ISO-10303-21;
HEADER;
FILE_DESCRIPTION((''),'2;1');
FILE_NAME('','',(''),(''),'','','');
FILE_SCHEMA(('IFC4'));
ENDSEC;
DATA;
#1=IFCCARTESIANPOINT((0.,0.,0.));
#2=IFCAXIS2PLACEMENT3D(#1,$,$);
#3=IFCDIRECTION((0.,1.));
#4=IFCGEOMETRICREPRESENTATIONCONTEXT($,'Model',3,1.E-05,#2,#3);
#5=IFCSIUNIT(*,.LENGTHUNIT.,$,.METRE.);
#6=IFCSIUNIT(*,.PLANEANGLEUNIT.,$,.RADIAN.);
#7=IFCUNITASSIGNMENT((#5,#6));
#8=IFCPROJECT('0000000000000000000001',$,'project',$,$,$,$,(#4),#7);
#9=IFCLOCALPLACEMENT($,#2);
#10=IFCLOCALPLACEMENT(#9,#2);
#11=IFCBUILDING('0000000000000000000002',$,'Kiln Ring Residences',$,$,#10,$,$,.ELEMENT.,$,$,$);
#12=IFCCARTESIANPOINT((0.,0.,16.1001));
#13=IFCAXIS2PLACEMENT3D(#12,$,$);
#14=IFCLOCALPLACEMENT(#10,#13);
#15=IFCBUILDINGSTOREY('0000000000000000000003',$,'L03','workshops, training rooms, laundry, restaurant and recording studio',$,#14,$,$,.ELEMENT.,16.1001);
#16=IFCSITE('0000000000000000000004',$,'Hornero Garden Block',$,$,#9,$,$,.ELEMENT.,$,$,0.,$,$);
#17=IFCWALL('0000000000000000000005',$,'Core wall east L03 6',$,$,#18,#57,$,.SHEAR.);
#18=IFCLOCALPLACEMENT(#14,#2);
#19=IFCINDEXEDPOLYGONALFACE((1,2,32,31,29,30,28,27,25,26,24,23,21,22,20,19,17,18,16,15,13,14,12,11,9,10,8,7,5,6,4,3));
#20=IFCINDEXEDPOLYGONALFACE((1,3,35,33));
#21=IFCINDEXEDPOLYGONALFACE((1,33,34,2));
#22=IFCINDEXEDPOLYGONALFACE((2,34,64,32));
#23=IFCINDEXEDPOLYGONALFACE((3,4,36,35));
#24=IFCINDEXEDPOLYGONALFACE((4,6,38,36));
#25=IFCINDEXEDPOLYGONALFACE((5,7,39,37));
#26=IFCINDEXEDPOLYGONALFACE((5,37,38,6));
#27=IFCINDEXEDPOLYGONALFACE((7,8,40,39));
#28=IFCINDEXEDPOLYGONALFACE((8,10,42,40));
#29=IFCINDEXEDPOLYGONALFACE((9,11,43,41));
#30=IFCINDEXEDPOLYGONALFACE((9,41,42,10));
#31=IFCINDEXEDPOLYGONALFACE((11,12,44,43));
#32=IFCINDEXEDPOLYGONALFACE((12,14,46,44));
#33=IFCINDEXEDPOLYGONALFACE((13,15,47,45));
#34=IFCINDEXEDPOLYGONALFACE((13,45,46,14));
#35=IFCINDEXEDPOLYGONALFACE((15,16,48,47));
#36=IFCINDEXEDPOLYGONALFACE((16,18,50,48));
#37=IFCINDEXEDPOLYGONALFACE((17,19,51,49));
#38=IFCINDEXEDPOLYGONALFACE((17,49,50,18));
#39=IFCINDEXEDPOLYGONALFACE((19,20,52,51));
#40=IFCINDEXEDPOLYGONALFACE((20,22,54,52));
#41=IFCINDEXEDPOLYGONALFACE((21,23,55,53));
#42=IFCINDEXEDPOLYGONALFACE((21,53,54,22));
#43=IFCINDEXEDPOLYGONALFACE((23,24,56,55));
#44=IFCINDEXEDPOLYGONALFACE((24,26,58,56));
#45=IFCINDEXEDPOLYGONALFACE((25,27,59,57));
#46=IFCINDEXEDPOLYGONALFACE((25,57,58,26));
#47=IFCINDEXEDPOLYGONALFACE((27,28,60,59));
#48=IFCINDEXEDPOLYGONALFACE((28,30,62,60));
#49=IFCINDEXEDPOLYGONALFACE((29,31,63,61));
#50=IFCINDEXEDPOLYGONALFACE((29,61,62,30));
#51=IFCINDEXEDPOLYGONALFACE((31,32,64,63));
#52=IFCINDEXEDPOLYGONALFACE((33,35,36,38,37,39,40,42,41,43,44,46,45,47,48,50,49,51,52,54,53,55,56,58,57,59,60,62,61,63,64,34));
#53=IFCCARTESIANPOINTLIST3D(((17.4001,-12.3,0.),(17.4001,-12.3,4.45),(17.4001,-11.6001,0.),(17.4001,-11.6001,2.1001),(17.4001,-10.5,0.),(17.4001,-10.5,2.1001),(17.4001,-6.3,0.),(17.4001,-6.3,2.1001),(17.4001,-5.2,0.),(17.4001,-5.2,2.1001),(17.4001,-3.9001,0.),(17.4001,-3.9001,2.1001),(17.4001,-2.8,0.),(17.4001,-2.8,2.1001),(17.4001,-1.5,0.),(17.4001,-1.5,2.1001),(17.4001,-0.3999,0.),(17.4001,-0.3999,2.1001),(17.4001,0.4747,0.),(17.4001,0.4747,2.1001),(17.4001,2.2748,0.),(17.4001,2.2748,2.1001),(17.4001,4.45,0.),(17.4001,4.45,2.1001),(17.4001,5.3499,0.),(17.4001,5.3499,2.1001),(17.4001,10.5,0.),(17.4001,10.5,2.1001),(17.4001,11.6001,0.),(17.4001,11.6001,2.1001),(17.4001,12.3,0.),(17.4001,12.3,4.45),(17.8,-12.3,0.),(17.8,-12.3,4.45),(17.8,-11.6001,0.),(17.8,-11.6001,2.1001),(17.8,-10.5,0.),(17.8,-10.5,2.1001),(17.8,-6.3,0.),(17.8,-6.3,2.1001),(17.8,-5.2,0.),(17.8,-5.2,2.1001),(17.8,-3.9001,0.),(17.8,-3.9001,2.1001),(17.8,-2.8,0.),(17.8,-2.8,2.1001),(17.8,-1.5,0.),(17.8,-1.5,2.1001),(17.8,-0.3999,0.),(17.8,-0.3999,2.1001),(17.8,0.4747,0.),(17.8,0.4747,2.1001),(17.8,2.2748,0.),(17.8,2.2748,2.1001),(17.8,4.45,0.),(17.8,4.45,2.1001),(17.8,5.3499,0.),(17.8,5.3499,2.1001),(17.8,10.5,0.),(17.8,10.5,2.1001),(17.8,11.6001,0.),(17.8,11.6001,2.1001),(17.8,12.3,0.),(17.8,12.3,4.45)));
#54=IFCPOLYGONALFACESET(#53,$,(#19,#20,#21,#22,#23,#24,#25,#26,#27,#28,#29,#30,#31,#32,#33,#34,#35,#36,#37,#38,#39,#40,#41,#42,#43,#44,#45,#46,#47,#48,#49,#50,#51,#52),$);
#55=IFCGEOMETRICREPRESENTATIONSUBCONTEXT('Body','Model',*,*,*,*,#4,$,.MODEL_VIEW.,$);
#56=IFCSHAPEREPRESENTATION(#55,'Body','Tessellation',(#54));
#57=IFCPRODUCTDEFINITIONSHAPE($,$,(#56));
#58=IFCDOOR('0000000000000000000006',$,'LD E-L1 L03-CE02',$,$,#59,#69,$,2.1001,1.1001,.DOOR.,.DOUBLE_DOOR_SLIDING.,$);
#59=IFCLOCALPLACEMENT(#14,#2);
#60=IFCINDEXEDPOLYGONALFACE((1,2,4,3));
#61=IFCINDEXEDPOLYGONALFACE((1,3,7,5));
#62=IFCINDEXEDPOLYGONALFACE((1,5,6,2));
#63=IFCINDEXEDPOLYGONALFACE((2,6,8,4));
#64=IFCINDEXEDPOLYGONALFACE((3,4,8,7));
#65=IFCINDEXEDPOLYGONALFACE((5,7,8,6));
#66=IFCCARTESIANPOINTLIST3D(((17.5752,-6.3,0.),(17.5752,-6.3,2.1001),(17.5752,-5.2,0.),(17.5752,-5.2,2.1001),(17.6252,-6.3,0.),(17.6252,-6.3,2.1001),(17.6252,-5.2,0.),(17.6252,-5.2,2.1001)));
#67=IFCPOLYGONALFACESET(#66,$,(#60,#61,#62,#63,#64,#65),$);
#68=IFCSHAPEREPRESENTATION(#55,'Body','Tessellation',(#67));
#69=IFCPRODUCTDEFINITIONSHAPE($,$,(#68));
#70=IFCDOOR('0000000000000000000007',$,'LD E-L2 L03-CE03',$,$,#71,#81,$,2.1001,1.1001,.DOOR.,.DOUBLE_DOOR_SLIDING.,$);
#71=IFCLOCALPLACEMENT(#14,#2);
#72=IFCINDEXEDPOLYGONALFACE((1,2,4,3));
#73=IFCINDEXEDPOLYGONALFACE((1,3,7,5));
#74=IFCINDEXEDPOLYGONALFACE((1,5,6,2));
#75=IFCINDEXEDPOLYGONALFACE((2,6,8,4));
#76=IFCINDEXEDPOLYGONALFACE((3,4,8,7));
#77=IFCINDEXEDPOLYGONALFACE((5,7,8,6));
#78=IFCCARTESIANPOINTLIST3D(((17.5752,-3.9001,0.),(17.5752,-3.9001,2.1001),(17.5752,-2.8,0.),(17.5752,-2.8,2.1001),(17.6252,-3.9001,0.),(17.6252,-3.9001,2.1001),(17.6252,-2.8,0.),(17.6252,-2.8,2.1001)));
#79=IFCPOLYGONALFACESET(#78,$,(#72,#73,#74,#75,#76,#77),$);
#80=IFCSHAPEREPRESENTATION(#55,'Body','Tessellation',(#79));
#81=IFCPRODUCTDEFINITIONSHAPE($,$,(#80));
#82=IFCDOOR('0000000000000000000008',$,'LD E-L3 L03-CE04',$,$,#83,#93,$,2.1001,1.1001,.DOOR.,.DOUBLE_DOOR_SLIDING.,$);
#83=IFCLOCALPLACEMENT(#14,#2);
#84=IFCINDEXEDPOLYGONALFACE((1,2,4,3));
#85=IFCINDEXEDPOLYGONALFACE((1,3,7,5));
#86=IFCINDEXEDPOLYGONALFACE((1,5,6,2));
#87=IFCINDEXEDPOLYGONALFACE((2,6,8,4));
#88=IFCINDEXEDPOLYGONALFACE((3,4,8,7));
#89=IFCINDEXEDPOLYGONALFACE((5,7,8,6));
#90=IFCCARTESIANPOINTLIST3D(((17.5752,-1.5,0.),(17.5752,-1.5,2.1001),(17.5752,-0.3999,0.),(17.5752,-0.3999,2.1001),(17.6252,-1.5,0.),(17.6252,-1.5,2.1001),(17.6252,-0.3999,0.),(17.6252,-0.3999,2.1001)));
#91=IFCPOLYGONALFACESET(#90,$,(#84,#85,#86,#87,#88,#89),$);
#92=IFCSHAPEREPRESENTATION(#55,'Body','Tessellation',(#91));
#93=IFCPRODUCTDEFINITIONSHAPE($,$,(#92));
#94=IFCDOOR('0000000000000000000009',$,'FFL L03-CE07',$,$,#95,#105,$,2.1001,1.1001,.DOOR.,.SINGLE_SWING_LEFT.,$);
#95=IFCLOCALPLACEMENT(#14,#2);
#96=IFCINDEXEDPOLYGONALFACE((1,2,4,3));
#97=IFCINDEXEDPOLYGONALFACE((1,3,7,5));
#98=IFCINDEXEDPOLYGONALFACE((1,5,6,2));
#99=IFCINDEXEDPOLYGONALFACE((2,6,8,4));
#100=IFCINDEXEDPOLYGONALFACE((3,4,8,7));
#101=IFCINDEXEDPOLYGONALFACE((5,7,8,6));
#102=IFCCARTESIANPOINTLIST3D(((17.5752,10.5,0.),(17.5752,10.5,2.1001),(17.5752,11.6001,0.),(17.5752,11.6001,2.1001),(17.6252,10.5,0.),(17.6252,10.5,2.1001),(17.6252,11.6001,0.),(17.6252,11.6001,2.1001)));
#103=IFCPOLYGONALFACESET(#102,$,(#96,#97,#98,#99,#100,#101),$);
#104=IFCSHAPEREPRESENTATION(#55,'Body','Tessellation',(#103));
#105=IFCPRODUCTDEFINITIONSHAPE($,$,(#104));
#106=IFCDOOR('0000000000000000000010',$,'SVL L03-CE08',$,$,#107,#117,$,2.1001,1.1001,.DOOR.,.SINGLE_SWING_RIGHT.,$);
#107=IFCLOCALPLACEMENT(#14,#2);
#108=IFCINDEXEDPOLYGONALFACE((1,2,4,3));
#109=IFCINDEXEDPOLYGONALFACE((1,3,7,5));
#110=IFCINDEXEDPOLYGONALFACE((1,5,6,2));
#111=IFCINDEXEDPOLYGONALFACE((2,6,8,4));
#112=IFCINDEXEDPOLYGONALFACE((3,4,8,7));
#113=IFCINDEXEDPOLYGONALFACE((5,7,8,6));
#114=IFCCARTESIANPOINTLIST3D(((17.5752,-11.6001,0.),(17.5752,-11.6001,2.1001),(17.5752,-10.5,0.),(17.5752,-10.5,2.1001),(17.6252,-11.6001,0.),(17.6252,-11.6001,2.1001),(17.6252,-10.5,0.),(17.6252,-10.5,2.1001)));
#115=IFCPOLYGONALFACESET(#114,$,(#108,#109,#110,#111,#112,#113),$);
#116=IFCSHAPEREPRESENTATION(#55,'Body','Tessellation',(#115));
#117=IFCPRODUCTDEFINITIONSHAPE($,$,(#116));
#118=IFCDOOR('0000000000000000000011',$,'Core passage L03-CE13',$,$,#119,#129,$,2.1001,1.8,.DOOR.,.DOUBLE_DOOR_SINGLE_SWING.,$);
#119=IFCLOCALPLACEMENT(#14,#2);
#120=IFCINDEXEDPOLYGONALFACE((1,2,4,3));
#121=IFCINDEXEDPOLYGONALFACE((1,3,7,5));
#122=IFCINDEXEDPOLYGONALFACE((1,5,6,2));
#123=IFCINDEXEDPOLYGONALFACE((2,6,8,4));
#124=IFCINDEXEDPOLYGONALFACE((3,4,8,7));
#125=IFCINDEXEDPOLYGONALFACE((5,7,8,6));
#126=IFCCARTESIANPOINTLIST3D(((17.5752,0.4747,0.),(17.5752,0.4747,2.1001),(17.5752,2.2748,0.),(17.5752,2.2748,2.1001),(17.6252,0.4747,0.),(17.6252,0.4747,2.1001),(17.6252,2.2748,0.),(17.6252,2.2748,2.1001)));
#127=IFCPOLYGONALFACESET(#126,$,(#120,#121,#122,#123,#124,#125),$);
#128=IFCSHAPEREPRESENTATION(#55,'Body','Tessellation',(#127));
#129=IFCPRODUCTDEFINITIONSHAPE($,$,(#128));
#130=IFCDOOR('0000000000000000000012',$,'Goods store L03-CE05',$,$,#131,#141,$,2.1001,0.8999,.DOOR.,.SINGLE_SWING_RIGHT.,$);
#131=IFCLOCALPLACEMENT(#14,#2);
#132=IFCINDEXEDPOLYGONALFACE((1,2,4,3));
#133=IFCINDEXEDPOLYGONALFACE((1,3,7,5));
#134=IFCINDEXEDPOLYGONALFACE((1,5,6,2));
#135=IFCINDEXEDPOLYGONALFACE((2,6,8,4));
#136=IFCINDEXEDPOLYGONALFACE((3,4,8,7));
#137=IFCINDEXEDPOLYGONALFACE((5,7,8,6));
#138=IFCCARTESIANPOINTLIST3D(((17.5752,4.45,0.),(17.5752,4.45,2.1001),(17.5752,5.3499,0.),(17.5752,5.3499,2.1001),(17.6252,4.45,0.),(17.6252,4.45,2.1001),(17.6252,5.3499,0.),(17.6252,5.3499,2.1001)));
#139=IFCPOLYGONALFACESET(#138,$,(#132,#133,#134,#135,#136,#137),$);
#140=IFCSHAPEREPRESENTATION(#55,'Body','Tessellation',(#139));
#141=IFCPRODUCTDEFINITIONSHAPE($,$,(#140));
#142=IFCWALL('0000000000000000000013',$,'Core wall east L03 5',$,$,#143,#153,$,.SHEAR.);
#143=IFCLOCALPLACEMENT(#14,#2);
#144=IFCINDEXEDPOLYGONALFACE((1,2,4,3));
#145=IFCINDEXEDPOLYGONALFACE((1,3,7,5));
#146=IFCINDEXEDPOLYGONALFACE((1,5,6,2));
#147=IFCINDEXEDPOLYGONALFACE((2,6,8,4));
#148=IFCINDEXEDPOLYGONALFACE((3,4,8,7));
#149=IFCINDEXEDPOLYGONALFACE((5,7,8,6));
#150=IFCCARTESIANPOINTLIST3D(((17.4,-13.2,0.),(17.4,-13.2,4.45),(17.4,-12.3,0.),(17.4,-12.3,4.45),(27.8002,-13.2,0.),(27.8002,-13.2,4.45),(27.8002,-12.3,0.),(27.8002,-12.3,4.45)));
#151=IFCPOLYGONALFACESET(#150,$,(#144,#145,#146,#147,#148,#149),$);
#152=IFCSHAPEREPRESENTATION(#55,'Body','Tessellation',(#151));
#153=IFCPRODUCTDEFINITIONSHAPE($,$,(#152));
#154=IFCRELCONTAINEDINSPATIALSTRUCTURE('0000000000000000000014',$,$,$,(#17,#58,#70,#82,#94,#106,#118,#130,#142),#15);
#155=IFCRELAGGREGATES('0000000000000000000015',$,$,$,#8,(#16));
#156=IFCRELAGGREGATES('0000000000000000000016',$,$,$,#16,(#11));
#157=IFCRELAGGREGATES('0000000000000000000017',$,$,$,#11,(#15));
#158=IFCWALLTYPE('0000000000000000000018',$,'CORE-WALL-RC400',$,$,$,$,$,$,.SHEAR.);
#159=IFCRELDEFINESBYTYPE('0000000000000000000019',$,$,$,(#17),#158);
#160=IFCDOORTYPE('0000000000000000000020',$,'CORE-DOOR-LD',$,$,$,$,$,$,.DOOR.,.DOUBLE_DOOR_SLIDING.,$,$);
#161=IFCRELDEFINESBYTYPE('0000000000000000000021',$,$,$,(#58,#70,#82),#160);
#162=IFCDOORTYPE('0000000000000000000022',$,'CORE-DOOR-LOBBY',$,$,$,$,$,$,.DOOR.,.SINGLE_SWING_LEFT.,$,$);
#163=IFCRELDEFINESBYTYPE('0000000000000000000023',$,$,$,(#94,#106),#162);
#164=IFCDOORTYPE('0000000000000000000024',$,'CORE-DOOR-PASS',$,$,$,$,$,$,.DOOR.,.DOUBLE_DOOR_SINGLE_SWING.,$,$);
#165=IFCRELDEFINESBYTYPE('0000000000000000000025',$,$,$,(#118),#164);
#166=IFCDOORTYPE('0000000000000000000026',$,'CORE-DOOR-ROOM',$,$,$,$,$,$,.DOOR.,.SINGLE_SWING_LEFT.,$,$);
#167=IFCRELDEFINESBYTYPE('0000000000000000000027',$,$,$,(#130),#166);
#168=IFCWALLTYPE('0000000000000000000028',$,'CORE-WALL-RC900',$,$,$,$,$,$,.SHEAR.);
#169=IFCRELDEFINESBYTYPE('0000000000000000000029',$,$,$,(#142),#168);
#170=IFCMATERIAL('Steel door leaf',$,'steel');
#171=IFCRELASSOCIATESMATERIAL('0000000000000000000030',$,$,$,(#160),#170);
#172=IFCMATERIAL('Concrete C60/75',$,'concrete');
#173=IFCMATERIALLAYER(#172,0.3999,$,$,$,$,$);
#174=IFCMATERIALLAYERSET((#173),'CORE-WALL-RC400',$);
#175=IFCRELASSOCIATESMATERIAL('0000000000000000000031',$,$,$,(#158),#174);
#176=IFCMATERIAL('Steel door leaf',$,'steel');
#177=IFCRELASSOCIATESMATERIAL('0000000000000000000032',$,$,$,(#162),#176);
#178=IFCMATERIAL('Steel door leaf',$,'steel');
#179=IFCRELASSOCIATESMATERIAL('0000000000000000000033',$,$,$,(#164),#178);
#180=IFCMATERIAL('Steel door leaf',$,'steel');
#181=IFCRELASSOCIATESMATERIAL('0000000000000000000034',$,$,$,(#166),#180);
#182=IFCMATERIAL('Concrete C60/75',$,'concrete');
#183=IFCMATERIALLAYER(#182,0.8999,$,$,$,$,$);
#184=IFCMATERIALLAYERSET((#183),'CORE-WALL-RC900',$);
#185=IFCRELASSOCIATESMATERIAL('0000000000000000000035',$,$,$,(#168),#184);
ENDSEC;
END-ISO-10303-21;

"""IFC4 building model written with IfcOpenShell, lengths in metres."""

from ifc_helpers import new_model, si_unit, direction, frame, frame_2d, origin, place, context, subcontext, project, spatial, rectangle, extrude, material, layer, layer_set, type_object, element, fill, save


model = new_model("IFC4")

# Units and contexts
model_context = context("Model", 3, precision=1e-05, world=origin(), true_north=direction((0.0, 1.0)))
body_context = subcontext(model_context, "Body", "Model", "MODEL_VIEW")
ifc_project = project(units=[si_unit("LENGTHUNIT", "METRE"), si_unit("PLANEANGLEUNIT", "RADIAN")], contexts=[model_context])

# Site, building, storey
site_placement = place(None, origin())
site = spatial("IfcSite", under=ifc_project, at=site_placement, Name="Hornero Garden Block", CompositionType="ELEMENT", RefElevation=0.0)
building_placement = place(site_placement, origin())
building = spatial("IfcBuilding", under=site, at=building_placement, Name="Kiln Ring Residences", CompositionType="ELEMENT")
storey_placement = place(building_placement, frame((0.0, 0.0, 16.1001)))
storey = spatial("IfcBuildingStorey", under=building, at=storey_placement, Name="L03", Description="workshops, training rooms, laundry, restaurant and recording studio", CompositionType="ELEMENT", Elevation=16.1001)

# Wall, openings, doors
ifc_material_1 = material(Name="Steel door leaf", Category="steel")
door_type_1 = type_object("IfcDoorType", Name="CORE-DOOR-LD", OperationType="DOUBLE_DOOR_SLIDING", PredefinedType="DOOR", material=ifc_material_1)
ifc_material_2 = material(Name="Concrete C60/75", Category="concrete")
ifc_layer_1 = layer(ifc_material_2, 0.3999)
ifc_layer_set_1 = layer_set([ifc_layer_1], Name="CORE-WALL-RC400")
wall_type_1 = type_object("IfcWallType", Name="CORE-WALL-RC400", PredefinedType="SHEAR", material=ifc_layer_set_1)
wall_1_placement = place(storey_placement, frame((17.6001, -12.3, 0.0), z_axis=(0.0, 0.0, 1.0), x_axis=(0.0, 1.0, 0.0)))
wall_1 = element("IfcWall", 1, at=wall_1_placement, inside=storey, type_object=wall_type_1, Name="Core wall east L03 6", PredefinedType="SHEAR", context=body_context, shape_type="SweptSolid", body=[
    extrude(rectangle(XDim=24.6001, YDim=0.3999, at=frame_2d((12.3, 0.0))), origin(), (0.0, 0.0, 1.0), 4.45),
])
opening_1_placement = place(wall_1_placement, frame((6.0, 0.0, 0.0)))
opening_1 = element("IfcOpeningElement", 2, at=opening_1_placement, cuts=wall_1, PredefinedType="OPENING", context=body_context, shape_type="SweptSolid", body=[
    extrude(rectangle(XDim=1.1001, YDim=2.1001, at=frame_2d((0.55, 1.05))), frame((0.0, 0.21, 0.0), z_axis=(0.0, -1.0, 0.0), x_axis=(1.0, 0.0, 0.0)), (0.0, 0.0, 1.0), 0.4199),
])
opening_2_placement = place(wall_1_placement, frame((8.3999, 0.0, 0.0)))
opening_2 = element("IfcOpeningElement", 3, at=opening_2_placement, cuts=wall_1, PredefinedType="OPENING", context=body_context, shape_type="SweptSolid", body=[
    extrude(rectangle(XDim=1.1001, YDim=2.1001, at=frame_2d((0.55, 1.05))), frame((0.0, 0.21, 0.0), z_axis=(0.0, -1.0, 0.0), x_axis=(1.0, 0.0, 0.0)), (0.0, 0.0, 1.0), 0.4199),
])
opening_3_placement = place(wall_1_placement, frame((10.8, 0.0, 0.0)))
opening_3 = element("IfcOpeningElement", 4, at=opening_3_placement, cuts=wall_1, PredefinedType="OPENING", context=body_context, shape_type="SweptSolid", body=[
    extrude(rectangle(XDim=1.1001, YDim=2.1001, at=frame_2d((0.55, 1.05))), frame((0.0, 0.21, 0.0), z_axis=(0.0, -1.0, 0.0), x_axis=(1.0, 0.0, 0.0)), (0.0, 0.0, 1.0), 0.4199),
])
opening_4_placement = place(wall_1_placement, frame((16.75, 0.0, 0.0)))
opening_4 = element("IfcOpeningElement", 5, at=opening_4_placement, cuts=wall_1, PredefinedType="OPENING", context=body_context, shape_type="SweptSolid", body=[
    extrude(rectangle(XDim=0.8999, YDim=2.1001, at=frame_2d((0.45, 1.05))), frame((0.0, 0.21, 0.0), z_axis=(0.0, -1.0, 0.0), x_axis=(1.0, 0.0, 0.0)), (0.0, 0.0, 1.0), 0.4199),
])
opening_5_placement = place(wall_1_placement, frame((22.8, 0.0, 0.0)))
opening_5 = element("IfcOpeningElement", 6, at=opening_5_placement, cuts=wall_1, PredefinedType="OPENING", context=body_context, shape_type="SweptSolid", body=[
    extrude(rectangle(XDim=1.1001, YDim=2.1001, at=frame_2d((0.55, 1.05))), frame((0.0, 0.21, 0.0), z_axis=(0.0, -1.0, 0.0), x_axis=(1.0, 0.0, 0.0)), (0.0, 0.0, 1.0), 0.4199),
])
opening_6_placement = place(wall_1_placement, frame((0.7, 0.0, 0.0)))
opening_6 = element("IfcOpeningElement", 7, at=opening_6_placement, cuts=wall_1, PredefinedType="OPENING", context=body_context, shape_type="SweptSolid", body=[
    extrude(rectangle(XDim=1.1001, YDim=2.1001, at=frame_2d((0.55, 1.05))), frame((0.0, 0.21, 0.0), z_axis=(0.0, -1.0, 0.0), x_axis=(1.0, 0.0, 0.0)), (0.0, 0.0, 1.0), 0.4199),
])
opening_7_placement = place(wall_1_placement, frame((12.7749, 0.0, 0.0)))
opening_7 = element("IfcOpeningElement", 8, at=opening_7_placement, cuts=wall_1, PredefinedType="OPENING", context=body_context, shape_type="SweptSolid", body=[
    extrude(rectangle(XDim=1.8, YDim=2.1001, at=frame_2d((0.8999, 1.05))), frame((0.0, 0.21, 0.0), z_axis=(0.0, -1.0, 0.0), x_axis=(1.0, 0.0, 0.0)), (0.0, 0.0, 1.0), 0.4199),
])
door_1_placement = place(opening_1_placement, origin())
door_1 = element("IfcDoor", 9, at=door_1_placement, inside=storey, type_object=door_type_1, Name="LD E-L1 L03-CE02", OperationType="DOUBLE_DOOR_SLIDING", OverallHeight=2.1001, OverallWidth=1.1001, PredefinedType="DOOR", context=body_context, shape_type="SweptSolid", body=[
    extrude(rectangle(XDim=1.1001, YDim=2.1001, at=frame_2d((0.55, 1.05))), frame((0.0, 0.0249, 0.0), z_axis=(0.0, -1.0, 0.0), x_axis=(1.0, 0.0, 0.0)), (0.0, 0.0, 1.0), 0.05),
])
fill(opening_1, door_1)
door_2_placement = place(opening_2_placement, origin())
door_2 = element("IfcDoor", 10, at=door_2_placement, inside=storey, type_object=door_type_1, Name="LD E-L2 L03-CE03", OperationType="DOUBLE_DOOR_SLIDING", OverallHeight=2.1001, OverallWidth=1.1001, PredefinedType="DOOR", context=body_context, shape_type="SweptSolid", body=[
    extrude(rectangle(XDim=1.1001, YDim=2.1001, at=frame_2d((0.55, 1.05))), frame((0.0, 0.0249, 0.0), z_axis=(0.0, -1.0, 0.0), x_axis=(1.0, 0.0, 0.0)), (0.0, 0.0, 1.0), 0.05),
])
fill(opening_2, door_2)
door_3_placement = place(opening_3_placement, origin())
door_3 = element("IfcDoor", 11, at=door_3_placement, inside=storey, type_object=door_type_1, Name="LD E-L3 L03-CE04", OperationType="DOUBLE_DOOR_SLIDING", OverallHeight=2.1001, OverallWidth=1.1001, PredefinedType="DOOR", context=body_context, shape_type="SweptSolid", body=[
    extrude(rectangle(XDim=1.1001, YDim=2.1001, at=frame_2d((0.55, 1.05))), frame((0.0, 0.0249, 0.0), z_axis=(0.0, -1.0, 0.0), x_axis=(1.0, 0.0, 0.0)), (0.0, 0.0, 1.0), 0.05),
])
fill(opening_3, door_3)
ifc_material_3 = material(Name="Steel door leaf", Category="steel")
door_type_2 = type_object("IfcDoorType", Name="CORE-DOOR-LOBBY", OperationType="SINGLE_SWING_LEFT", PredefinedType="DOOR", material=ifc_material_3)
door_4_placement = place(opening_5_placement, origin())
door_4 = element("IfcDoor", 12, at=door_4_placement, inside=storey, type_object=door_type_2, Name="FFL L03-CE07", OperationType="SINGLE_SWING_LEFT", OverallHeight=2.1001, OverallWidth=1.1001, PredefinedType="DOOR", context=body_context, shape_type="SweptSolid", body=[
    extrude(rectangle(XDim=1.1001, YDim=2.1001, at=frame_2d((0.55, 1.05))), frame((0.0, 0.0249, 0.0), z_axis=(0.0, -1.0, 0.0), x_axis=(1.0, 0.0, 0.0)), (0.0, 0.0, 1.0), 0.05),
])
fill(opening_5, door_4)
door_5_placement = place(opening_6_placement, origin())
door_5 = element("IfcDoor", 13, at=door_5_placement, inside=storey, type_object=door_type_2, Name="SVL L03-CE08", OperationType="SINGLE_SWING_RIGHT", OverallHeight=2.1001, OverallWidth=1.1001, PredefinedType="DOOR", context=body_context, shape_type="SweptSolid", body=[
    extrude(rectangle(XDim=1.1001, YDim=2.1001, at=frame_2d((0.55, 1.05))), frame((0.0, 0.0249, 0.0), z_axis=(0.0, -1.0, 0.0), x_axis=(1.0, 0.0, 0.0)), (0.0, 0.0, 1.0), 0.05),
])
fill(opening_6, door_5)
ifc_material_4 = material(Name="Steel door leaf", Category="steel")
door_type_3 = type_object("IfcDoorType", Name="CORE-DOOR-PASS", OperationType="DOUBLE_DOOR_SINGLE_SWING", PredefinedType="DOOR", material=ifc_material_4)
door_6_placement = place(opening_7_placement, origin())
door_6 = element("IfcDoor", 14, at=door_6_placement, inside=storey, type_object=door_type_3, Name="Core passage L03-CE13", OperationType="DOUBLE_DOOR_SINGLE_SWING", OverallHeight=2.1001, OverallWidth=1.8, PredefinedType="DOOR", context=body_context, shape_type="SweptSolid", body=[
    extrude(rectangle(XDim=1.8, YDim=2.1001, at=frame_2d((0.8999, 1.05))), frame((0.0, 0.0249, 0.0), z_axis=(0.0, -1.0, 0.0), x_axis=(1.0, 0.0, 0.0)), (0.0, 0.0, 1.0), 0.05),
])
fill(opening_7, door_6)
ifc_material_5 = material(Name="Steel door leaf", Category="steel")
door_type_4 = type_object("IfcDoorType", Name="CORE-DOOR-ROOM", OperationType="SINGLE_SWING_LEFT", PredefinedType="DOOR", material=ifc_material_5)
door_7_placement = place(opening_4_placement, origin())
door_7 = element("IfcDoor", 15, at=door_7_placement, inside=storey, type_object=door_type_4, Name="Goods store L03-CE05", OperationType="SINGLE_SWING_RIGHT", OverallHeight=2.1001, OverallWidth=0.8999, PredefinedType="DOOR", context=body_context, shape_type="SweptSolid", body=[
    extrude(rectangle(XDim=0.8999, YDim=2.1001, at=frame_2d((0.45, 1.05))), frame((0.0, 0.0249, 0.0), z_axis=(0.0, -1.0, 0.0), x_axis=(1.0, 0.0, 0.0)), (0.0, 0.0, 1.0), 0.05),
])
fill(opening_4, door_7)

# Wall
ifc_material_6 = material(Name="Concrete C60/75", Category="concrete")
ifc_layer_2 = layer(ifc_material_6, 0.8999)
ifc_layer_set_2 = layer_set([ifc_layer_2], Name="CORE-WALL-RC900")
wall_type_2 = type_object("IfcWallType", Name="CORE-WALL-RC900", PredefinedType="SHEAR", material=ifc_layer_set_2)
wall_2_placement = place(storey_placement, frame((17.3999, -12.75, 0.0), z_axis=(0.0, 0.0, 1.0), x_axis=(1.0, 0.0, 0.0)))
element("IfcWall", 16, at=wall_2_placement, inside=storey, type_object=wall_type_2, Name="Core wall east L03 5", PredefinedType="SHEAR", context=body_context, shape_type="SweptSolid", body=[
    extrude(rectangle(XDim=10.4001, YDim=0.8999, at=frame_2d((5.2002, 0.0))), origin(), (0.0, 0.0, 1.0), 4.45),
])

save(model, "model.ifc")
